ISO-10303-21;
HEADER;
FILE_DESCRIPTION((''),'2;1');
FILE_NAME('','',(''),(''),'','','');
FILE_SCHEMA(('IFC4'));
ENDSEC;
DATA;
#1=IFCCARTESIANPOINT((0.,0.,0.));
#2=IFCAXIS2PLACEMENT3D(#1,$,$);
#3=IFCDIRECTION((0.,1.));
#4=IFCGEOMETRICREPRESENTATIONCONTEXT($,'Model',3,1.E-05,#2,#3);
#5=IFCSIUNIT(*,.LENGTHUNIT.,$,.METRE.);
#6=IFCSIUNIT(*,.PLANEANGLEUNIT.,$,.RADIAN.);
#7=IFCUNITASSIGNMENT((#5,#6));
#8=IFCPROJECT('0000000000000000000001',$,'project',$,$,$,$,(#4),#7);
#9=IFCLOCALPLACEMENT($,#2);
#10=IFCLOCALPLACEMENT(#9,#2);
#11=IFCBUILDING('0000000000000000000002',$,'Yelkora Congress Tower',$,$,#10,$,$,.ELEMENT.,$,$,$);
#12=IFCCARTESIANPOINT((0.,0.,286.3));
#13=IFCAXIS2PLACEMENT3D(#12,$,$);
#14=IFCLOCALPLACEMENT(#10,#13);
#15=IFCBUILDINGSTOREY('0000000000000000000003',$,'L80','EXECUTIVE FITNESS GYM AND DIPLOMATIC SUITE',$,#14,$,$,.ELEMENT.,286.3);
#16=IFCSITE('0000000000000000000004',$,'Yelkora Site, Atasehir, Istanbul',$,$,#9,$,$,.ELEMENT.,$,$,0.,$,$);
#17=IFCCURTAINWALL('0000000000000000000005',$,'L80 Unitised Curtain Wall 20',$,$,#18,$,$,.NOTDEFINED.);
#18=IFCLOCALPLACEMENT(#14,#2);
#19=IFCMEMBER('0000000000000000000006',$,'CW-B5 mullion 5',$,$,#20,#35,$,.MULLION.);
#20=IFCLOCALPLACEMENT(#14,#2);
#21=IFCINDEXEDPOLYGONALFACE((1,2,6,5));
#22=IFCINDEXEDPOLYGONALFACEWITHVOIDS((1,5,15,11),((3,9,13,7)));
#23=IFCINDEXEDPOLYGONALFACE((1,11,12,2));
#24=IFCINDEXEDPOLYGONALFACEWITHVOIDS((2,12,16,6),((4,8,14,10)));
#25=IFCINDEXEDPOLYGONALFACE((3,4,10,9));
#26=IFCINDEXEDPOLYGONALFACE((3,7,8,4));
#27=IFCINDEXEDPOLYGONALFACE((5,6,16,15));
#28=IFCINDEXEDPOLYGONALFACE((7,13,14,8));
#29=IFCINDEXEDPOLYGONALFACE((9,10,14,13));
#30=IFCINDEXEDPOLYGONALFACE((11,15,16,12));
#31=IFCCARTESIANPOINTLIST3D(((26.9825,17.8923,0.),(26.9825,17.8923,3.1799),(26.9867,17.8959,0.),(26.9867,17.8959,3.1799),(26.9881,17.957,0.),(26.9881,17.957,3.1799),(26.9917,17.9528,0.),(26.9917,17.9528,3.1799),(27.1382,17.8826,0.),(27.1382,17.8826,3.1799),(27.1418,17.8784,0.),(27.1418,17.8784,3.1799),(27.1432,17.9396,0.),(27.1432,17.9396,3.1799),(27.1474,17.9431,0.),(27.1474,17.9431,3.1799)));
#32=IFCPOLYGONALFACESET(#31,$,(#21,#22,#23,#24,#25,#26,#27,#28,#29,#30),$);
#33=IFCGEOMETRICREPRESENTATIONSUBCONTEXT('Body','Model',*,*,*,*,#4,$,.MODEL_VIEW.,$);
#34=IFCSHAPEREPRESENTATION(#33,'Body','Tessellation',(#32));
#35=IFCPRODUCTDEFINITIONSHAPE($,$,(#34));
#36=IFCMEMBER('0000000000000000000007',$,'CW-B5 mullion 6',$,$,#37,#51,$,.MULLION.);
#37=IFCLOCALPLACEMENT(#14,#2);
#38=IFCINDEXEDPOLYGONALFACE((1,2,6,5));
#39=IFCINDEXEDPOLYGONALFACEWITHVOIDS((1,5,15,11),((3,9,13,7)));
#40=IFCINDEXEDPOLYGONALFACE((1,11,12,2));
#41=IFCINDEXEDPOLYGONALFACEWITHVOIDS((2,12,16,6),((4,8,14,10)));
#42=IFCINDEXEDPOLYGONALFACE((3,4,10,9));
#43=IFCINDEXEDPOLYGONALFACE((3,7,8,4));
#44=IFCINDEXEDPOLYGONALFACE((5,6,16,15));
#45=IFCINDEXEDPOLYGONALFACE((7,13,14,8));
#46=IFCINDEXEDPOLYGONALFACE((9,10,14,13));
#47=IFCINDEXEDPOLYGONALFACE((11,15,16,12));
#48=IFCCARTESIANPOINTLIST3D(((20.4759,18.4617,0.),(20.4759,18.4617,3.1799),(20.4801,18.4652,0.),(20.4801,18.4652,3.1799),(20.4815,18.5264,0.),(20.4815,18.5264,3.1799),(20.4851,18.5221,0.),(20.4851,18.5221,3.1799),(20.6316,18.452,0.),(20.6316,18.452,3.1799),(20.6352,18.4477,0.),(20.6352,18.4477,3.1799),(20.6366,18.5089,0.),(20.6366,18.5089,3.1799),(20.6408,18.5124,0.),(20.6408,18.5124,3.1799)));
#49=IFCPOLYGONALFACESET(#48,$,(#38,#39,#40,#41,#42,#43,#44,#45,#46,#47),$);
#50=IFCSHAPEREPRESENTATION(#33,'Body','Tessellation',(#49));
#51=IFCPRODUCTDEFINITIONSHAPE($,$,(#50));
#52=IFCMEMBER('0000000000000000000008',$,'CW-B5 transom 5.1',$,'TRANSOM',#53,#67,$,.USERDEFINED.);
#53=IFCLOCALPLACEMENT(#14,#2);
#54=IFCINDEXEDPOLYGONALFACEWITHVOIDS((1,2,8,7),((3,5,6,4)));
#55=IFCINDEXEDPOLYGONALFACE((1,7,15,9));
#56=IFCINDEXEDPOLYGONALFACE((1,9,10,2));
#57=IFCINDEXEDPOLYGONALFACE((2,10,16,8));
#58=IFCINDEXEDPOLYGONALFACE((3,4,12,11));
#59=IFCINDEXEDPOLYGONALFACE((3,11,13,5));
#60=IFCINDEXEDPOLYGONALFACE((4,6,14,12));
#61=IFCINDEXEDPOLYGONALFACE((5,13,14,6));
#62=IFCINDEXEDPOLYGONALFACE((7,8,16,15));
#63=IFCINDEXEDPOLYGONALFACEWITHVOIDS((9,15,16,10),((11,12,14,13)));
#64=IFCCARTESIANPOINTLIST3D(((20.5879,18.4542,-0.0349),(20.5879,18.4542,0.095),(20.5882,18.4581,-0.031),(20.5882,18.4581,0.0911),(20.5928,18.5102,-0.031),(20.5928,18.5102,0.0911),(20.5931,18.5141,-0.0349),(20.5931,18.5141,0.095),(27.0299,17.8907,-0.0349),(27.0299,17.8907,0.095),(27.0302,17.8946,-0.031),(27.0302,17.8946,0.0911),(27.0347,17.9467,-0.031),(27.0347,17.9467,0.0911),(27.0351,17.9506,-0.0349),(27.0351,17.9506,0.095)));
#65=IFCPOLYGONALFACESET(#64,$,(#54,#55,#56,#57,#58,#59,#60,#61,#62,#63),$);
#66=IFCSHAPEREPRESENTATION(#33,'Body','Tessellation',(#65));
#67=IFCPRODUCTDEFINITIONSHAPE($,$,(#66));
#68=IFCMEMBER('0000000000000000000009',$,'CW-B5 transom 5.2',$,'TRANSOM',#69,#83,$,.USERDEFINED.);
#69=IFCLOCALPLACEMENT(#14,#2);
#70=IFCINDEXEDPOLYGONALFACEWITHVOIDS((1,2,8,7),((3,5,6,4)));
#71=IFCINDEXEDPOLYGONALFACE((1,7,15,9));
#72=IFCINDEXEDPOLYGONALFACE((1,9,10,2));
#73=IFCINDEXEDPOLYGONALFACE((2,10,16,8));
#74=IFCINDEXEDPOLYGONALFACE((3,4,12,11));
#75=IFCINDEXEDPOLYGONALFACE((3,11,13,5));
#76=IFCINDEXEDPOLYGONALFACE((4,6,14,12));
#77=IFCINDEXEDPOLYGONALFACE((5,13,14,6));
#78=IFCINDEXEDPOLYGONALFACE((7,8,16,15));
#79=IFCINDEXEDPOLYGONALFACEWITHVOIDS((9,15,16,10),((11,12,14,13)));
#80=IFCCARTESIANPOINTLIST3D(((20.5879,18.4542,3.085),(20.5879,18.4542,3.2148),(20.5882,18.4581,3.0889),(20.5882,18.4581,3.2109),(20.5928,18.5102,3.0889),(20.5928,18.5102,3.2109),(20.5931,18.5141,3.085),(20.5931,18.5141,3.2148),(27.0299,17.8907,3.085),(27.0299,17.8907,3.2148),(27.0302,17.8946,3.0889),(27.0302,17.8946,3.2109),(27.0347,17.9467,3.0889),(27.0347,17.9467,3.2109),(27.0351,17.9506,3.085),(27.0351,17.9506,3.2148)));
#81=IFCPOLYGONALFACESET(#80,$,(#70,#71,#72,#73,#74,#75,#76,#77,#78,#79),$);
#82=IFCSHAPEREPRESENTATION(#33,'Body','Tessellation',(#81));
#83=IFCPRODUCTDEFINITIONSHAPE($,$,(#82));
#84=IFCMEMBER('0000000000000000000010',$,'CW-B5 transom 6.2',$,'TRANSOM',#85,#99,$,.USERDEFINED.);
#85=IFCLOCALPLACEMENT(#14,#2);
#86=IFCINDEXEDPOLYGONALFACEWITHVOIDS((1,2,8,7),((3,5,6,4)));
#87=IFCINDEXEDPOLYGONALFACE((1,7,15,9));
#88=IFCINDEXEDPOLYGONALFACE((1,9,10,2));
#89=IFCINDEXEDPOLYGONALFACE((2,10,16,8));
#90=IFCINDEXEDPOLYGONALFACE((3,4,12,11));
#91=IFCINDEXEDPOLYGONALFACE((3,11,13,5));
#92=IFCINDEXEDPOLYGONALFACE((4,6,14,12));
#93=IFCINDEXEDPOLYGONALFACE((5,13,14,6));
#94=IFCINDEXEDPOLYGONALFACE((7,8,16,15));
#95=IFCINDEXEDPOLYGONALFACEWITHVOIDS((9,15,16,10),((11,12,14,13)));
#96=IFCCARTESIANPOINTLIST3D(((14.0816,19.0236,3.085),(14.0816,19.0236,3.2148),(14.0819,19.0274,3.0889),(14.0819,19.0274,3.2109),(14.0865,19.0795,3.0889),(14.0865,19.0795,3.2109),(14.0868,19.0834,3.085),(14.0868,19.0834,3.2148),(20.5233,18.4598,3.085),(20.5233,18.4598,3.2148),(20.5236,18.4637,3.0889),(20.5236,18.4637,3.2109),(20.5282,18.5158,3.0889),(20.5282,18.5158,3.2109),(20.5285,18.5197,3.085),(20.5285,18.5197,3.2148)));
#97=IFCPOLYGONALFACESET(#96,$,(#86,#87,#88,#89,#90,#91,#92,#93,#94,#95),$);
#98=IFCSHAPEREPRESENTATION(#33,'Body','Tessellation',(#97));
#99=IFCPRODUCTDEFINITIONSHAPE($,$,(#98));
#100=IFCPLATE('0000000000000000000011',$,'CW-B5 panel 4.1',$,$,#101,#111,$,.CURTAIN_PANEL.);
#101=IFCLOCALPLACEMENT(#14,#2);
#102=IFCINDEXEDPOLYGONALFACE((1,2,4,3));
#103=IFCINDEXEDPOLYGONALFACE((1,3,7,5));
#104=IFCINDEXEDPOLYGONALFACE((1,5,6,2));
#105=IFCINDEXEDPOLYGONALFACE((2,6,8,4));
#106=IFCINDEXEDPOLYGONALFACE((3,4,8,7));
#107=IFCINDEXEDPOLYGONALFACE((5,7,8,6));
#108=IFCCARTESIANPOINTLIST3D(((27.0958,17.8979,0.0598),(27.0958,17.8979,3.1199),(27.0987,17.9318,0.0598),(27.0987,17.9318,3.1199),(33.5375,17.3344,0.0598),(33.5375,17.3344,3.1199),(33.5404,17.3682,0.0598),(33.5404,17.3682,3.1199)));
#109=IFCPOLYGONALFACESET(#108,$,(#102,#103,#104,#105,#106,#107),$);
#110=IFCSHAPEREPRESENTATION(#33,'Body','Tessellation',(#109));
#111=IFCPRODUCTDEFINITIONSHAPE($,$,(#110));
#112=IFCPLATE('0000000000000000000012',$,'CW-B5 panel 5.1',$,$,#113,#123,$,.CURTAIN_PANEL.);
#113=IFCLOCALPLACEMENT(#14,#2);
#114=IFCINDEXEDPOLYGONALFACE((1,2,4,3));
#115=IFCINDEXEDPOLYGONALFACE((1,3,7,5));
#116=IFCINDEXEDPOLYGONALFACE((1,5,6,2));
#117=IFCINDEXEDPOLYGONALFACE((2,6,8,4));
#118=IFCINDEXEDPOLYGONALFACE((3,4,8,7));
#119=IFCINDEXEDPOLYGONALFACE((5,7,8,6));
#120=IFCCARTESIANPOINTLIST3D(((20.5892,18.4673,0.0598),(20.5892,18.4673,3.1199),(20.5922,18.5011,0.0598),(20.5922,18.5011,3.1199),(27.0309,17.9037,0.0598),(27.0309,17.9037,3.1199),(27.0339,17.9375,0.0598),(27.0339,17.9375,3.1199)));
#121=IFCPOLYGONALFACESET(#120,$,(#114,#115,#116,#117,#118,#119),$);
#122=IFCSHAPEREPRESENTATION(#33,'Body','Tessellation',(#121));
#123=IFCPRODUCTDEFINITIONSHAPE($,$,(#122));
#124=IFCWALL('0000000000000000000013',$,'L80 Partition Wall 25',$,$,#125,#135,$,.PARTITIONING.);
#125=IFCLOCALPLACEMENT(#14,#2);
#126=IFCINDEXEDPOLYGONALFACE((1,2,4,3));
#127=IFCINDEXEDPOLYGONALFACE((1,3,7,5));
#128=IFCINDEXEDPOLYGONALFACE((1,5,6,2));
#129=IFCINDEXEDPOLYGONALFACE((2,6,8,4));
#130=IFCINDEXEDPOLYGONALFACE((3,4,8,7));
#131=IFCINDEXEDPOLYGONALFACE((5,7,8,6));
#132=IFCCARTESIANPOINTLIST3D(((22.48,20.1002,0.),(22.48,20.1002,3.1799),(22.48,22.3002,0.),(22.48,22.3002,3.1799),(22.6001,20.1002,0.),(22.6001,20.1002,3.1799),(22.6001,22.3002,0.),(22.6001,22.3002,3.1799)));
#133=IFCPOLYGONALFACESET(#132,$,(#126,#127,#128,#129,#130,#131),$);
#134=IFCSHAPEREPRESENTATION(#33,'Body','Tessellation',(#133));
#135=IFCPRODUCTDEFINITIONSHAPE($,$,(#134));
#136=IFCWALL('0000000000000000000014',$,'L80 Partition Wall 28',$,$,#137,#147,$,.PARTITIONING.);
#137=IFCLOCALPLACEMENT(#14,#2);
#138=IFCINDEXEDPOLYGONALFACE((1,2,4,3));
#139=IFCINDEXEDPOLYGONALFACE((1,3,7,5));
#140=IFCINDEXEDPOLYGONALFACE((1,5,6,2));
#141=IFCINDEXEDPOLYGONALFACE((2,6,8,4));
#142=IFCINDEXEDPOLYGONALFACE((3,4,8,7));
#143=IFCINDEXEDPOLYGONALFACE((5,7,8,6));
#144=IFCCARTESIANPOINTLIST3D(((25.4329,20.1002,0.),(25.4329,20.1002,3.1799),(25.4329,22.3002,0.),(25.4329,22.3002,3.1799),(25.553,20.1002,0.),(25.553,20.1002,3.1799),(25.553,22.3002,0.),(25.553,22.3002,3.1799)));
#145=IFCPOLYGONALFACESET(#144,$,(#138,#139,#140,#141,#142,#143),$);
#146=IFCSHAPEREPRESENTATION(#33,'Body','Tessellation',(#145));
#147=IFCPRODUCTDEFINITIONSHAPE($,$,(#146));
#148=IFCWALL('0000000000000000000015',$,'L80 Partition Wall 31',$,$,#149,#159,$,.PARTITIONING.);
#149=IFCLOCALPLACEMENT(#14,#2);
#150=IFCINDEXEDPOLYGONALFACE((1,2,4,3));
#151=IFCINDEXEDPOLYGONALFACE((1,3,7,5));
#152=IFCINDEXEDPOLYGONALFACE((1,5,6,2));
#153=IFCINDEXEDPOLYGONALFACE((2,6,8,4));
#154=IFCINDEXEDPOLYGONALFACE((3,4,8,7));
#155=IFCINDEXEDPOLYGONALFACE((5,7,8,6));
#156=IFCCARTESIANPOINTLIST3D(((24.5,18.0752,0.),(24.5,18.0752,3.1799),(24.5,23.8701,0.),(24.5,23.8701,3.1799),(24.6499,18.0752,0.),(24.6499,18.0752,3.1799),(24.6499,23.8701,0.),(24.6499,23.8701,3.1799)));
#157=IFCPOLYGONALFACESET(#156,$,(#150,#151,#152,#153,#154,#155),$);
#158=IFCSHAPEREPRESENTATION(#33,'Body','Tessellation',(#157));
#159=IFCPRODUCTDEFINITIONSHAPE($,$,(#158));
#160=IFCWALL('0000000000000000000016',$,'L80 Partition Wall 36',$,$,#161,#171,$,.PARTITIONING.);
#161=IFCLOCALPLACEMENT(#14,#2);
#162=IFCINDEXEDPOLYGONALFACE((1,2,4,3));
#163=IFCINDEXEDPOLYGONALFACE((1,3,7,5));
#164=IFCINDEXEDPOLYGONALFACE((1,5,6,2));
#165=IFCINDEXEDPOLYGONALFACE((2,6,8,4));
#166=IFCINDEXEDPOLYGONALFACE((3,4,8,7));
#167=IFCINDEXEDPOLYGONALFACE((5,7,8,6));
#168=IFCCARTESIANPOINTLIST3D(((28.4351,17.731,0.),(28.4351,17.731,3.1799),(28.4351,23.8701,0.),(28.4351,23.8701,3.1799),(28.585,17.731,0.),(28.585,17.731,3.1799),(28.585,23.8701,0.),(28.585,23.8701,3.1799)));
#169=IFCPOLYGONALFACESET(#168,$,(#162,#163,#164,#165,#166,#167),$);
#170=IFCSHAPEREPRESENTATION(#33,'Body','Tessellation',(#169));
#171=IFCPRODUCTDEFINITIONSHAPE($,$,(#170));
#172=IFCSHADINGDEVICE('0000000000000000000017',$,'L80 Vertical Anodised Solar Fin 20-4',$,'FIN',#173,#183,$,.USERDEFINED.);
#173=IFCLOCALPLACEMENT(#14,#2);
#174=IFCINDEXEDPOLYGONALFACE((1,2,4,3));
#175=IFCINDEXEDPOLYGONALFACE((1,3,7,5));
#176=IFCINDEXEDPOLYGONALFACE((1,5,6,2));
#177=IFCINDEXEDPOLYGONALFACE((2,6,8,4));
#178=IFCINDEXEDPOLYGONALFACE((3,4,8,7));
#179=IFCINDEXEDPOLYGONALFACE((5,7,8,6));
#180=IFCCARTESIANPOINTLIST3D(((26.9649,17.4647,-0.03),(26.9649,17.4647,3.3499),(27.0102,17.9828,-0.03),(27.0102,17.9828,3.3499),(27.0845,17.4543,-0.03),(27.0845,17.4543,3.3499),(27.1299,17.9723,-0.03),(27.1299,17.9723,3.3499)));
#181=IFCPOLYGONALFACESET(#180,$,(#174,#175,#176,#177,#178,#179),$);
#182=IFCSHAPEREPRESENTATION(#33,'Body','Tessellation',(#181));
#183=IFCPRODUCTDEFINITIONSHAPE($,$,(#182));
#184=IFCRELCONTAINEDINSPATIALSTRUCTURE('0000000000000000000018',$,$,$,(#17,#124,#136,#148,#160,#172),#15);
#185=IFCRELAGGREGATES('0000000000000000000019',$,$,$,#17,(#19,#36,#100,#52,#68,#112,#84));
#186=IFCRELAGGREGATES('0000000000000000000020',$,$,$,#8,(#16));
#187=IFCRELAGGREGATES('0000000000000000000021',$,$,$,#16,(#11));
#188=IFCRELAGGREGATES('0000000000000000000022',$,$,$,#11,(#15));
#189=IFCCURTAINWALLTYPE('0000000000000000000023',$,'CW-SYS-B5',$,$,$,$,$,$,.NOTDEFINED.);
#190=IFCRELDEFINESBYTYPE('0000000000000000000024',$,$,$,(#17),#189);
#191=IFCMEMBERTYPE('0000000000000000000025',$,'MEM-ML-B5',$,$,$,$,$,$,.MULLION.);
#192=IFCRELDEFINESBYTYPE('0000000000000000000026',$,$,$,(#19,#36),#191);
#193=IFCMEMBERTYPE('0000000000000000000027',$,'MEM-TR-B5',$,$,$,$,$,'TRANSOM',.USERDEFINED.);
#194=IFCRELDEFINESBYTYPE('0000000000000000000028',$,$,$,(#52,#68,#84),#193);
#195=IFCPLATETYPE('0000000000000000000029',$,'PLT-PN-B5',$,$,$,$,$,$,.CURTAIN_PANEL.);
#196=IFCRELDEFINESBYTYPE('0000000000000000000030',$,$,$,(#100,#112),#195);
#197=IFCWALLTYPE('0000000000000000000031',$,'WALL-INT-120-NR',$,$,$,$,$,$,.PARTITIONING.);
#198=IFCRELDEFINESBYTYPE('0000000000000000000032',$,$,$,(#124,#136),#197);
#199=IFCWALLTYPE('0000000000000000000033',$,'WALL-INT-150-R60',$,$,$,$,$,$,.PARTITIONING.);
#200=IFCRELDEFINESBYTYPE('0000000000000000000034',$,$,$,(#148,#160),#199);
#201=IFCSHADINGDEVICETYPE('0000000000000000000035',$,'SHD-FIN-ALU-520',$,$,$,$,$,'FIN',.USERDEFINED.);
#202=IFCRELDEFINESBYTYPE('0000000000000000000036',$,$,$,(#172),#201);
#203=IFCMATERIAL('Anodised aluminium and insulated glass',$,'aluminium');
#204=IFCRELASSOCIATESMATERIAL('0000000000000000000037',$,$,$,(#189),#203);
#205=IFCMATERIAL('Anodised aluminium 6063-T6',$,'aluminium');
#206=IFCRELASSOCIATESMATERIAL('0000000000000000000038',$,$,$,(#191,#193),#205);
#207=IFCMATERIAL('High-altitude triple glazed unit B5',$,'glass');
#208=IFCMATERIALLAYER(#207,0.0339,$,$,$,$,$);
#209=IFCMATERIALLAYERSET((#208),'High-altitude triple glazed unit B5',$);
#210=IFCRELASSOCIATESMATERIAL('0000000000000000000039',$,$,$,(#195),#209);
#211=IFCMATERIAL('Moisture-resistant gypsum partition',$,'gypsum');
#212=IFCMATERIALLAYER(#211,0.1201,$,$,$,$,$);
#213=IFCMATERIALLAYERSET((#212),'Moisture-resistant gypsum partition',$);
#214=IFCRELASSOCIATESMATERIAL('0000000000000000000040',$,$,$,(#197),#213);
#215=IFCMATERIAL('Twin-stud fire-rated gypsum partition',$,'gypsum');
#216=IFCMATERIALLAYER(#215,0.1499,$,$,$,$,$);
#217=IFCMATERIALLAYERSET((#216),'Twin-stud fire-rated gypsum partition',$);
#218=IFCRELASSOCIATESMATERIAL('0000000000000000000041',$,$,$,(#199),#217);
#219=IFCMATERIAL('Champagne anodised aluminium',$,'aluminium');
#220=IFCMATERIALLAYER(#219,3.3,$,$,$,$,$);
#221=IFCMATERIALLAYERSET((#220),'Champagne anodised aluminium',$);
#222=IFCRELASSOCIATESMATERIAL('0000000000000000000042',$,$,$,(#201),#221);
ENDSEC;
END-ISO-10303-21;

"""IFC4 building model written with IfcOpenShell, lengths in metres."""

from ifc_helpers import new_model, si_unit, direction, frame, frame_2d, origin, origin_2d, place, context, subcontext, project, spatial, rectangle, hollow_rectangle, extrude, material, layer, layer_set, material_profile, profile_set, type_object, element, aggregate, save


model = new_model("IFC4")

# Units and contexts
model_context = context("Model", 3, precision=1e-05, world=origin(), true_north=direction((0.0, 1.0)))
body_context = subcontext(model_context, "Body", "Model", "MODEL_VIEW")
ifc_project = project(units=[si_unit("LENGTHUNIT", "METRE"), si_unit("PLANEANGLEUNIT", "RADIAN")], contexts=[model_context])

# Site, building, storey
site_placement = place(None, origin())
site = spatial("IfcSite", under=ifc_project, at=site_placement, Name="Yelkora Site, Atasehir, Istanbul", CompositionType="ELEMENT", RefElevation=0.0)
building_placement = place(site_placement, origin())
building = spatial("IfcBuilding", under=site, at=building_placement, Name="Yelkora Congress Tower", CompositionType="ELEMENT")
storey_placement = place(building_placement, frame((0.0, 0.0, 286.3)))
storey = spatial("IfcBuildingStorey", under=building, at=storey_placement, Name="L80", Description="EXECUTIVE FITNESS GYM AND DIPLOMATIC SUITE", CompositionType="ELEMENT", Elevation=286.3)

# Curtain wall, members, plates
ifc_material_1 = material(Name="Anodised aluminium and insulated glass", Category="aluminium")
curtain_wall_type = type_object("IfcCurtainWallType", Name="CW-SYS-B5", PredefinedType="NOTDEFINED", material=ifc_material_1)
curtain_wall_placement = place(storey_placement, origin())
curtain_wall = element("IfcCurtainWall", 1, at=curtain_wall_placement, inside=storey, type_object=curtain_wall_type, Name="L80 Unitised Curtain Wall 20", PredefinedType="NOTDEFINED")
ifc_material_2 = material(Name="Anodised aluminium 6063-T6", Category="aluminium")
ifc_material_profile_1 = material_profile(ifc_material_2, hollow_rectangle(XDim=0.0649, YDim=0.1599, WallThickness=0.0039, at=origin_2d()), Name="ALU 65x160x4")
ifc_profile_set_1 = profile_set([ifc_material_profile_1], Name="Anodised aluminium 6063-T6")
member_type_1 = type_object("IfcMemberType", Name="MEM-ML-B5", PredefinedType="MULLION", material=ifc_profile_set_1)
member_1_placement = place(storey_placement, frame((27.0649, 17.9177, 0.0), z_axis=(0.0, 0.0, 1.0), x_axis=(-0.087157, -0.996195, 0.0)))
member_1 = element("IfcMember", 2, at=member_1_placement, type_object=member_type_1, Name="CW-B5 mullion 5", PredefinedType="MULLION", context=body_context, shape_type="SweptSolid", body=[
    extrude(hollow_rectangle(XDim=0.0649, YDim=0.1599, WallThickness=0.0039, at=origin_2d()), origin(), (0.0, 0.0, 1.0), 3.1799),
])
member_2_placement = place(storey_placement, frame((20.5583, 18.4871, 0.0), z_axis=(0.0, 0.0, 1.0), x_axis=(-0.087157, -0.996195, 0.0)))
member_2 = element("IfcMember", 3, at=member_2_placement, type_object=member_type_1, Name="CW-B5 mullion 6", PredefinedType="MULLION", context=body_context, shape_type="SweptSolid", body=[
    extrude(hollow_rectangle(XDim=0.0649, YDim=0.1599, WallThickness=0.0039, at=origin_2d()), origin(), (0.0, 0.0, 1.0), 3.1799),
])
ifc_material_profile_2 = material_profile(ifc_material_2, hollow_rectangle(XDim=0.0601, YDim=0.1299, WallThickness=0.0039, at=origin_2d()), Name="ALU 60x130x4")
ifc_profile_set_2 = profile_set([ifc_material_profile_2], Name="Anodised aluminium 6063-T6")
member_type_2 = type_object("IfcMemberType", Name="MEM-TR-B5", ElementType="TRANSOM", PredefinedType="USERDEFINED", material=ifc_profile_set_2)
member_3_placement = place(storey_placement, frame((27.0325, 17.9207, 0.03), z_axis=(-0.996196, 0.087138, 0.0), x_axis=(-0.087138, -0.996196, 0.0)))
member_3 = element("IfcMember", 4, at=member_3_placement, type_object=member_type_2, Name="CW-B5 transom 5.1", ObjectType="TRANSOM", PredefinedType="USERDEFINED", context=body_context, shape_type="SweptSolid", body=[
    extrude(hollow_rectangle(XDim=0.0601, YDim=0.1299, WallThickness=0.0039, at=origin_2d()), origin(), (0.0, 0.0, 1.0), 6.4666),
])
member_4_placement = place(storey_placement, frame((27.0325, 17.9207, 3.1499), z_axis=(-0.996196, 0.087138, 0.0), x_axis=(-0.087138, -0.996196, 0.0)))
member_4 = element("IfcMember", 5, at=member_4_placement, type_object=member_type_2, Name="CW-B5 transom 5.2", ObjectType="TRANSOM", PredefinedType="USERDEFINED", context=body_context, shape_type="SweptSolid", body=[
    extrude(hollow_rectangle(XDim=0.0601, YDim=0.1299, WallThickness=0.0039, at=origin_2d()), origin(), (0.0, 0.0, 1.0), 6.4666),
])
member_5_placement = place(storey_placement, frame((20.5259, 18.4897, 3.1499), z_axis=(-0.996193, 0.087179, 0.0), x_axis=(-0.087179, -0.996193, 0.0)))
member_5 = element("IfcMember", 6, at=member_5_placement, type_object=member_type_2, Name="CW-B5 transom 6.2", ObjectType="TRANSOM", PredefinedType="USERDEFINED", context=body_context, shape_type="SweptSolid", body=[
    extrude(hollow_rectangle(XDim=0.0601, YDim=0.1299, WallThickness=0.0039, at=origin_2d()), origin(), (0.0, 0.0, 1.0), 6.4663),
])
ifc_material_3 = material(Name="High-altitude triple glazed unit B5", Category="glass")
ifc_layer_1 = layer(ifc_material_3, 0.0339)
ifc_layer_set_1 = layer_set([ifc_layer_1], Name="High-altitude triple glazed unit B5")
plate_type = type_object("IfcPlateType", Name="PLT-PN-B5", PredefinedType="CURTAIN_PANEL", material=ifc_layer_set_1)
plate_1_placement = place(storey_placement, frame((30.3181, 17.6331, 0.0598), z_axis=(0.0, 0.0, 1.0), x_axis=(-0.996195, 0.087157, 0.0)))
plate_1 = element("IfcPlate", 7, at=plate_1_placement, type_object=plate_type, Name="CW-B5 panel 4.1", PredefinedType="CURTAIN_PANEL", context=body_context, shape_type="SweptSolid", body=[
    extrude(rectangle(XDim=6.4663, YDim=0.0339, at=origin_2d()), origin(), (0.0, 0.0, 1.0), 3.0601),
])
plate_2_placement = place(storey_placement, frame((23.8115, 18.2024, 0.0598), z_axis=(0.0, 0.0, 1.0), x_axis=(-0.996195, 0.087157, 0.0)))
plate_2 = element("IfcPlate", 8, at=plate_2_placement, type_object=plate_type, Name="CW-B5 panel 5.1", PredefinedType="CURTAIN_PANEL", context=body_context, shape_type="SweptSolid", body=[
    extrude(rectangle(XDim=6.4663, YDim=0.0339, at=origin_2d()), origin(), (0.0, 0.0, 1.0), 3.0601),
])
aggregate(curtain_wall, [member_1, member_2, plate_1, member_3, member_4, plate_2, member_5])

# Walls
ifc_material_4 = material(Name="Moisture-resistant gypsum partition", Category="gypsum")
ifc_layer_2 = layer(ifc_material_4, 0.1201)
ifc_layer_set_2 = layer_set([ifc_layer_2], Name="Moisture-resistant gypsum partition")
wall_type_1 = type_object("IfcWallType", Name="WALL-INT-120-NR", PredefinedType="PARTITIONING", material=ifc_layer_set_2)
for number, where, z_axis, x_axis, name in (
    (9, (22.54, 20.1001, 0.0), (0.0, 0.0, 1.0), (0.0, 1.0, 0.0), "L80 Partition Wall 25"),
    (10, (25.4929, 20.1001, 0.0), (0.0, 0.0, 1.0), (0.0, 1.0, 0.0), "L80 Partition Wall 28"),
):
    element("IfcWall", number, at=place(storey_placement, frame(where, z_axis=z_axis, x_axis=x_axis)), inside=storey, type_object=wall_type_1, Name=name, PredefinedType="PARTITIONING", context=body_context, shape_type="SweptSolid", body=[
        extrude(rectangle(XDim=2.2, YDim=0.1201, at=frame_2d((1.1001, 0.0))), origin(), (0.0, 0.0, 1.0), 3.1799),
    ])
ifc_material_5 = material(Name="Twin-stud fire-rated gypsum partition", Category="gypsum")
ifc_layer_3 = layer(ifc_material_5, 0.1499)
ifc_layer_set_3 = layer_set([ifc_layer_3], Name="Twin-stud fire-rated gypsum partition")
wall_type_2 = type_object("IfcWallType", Name="WALL-INT-150-R60", PredefinedType="PARTITIONING", material=ifc_layer_set_3)
wall_1_placement = place(storey_placement, frame((24.575, 18.0752, 0.0), z_axis=(0.0, 0.0, 1.0), x_axis=(0.0, 1.0, 0.0)))
element("IfcWall", 11, at=wall_1_placement, inside=storey, type_object=wall_type_2, Name="L80 Partition Wall 31", PredefinedType="PARTITIONING", context=body_context, shape_type="SweptSolid", body=[
    extrude(rectangle(XDim=5.7949, YDim=0.1499, at=frame_2d((2.8975, 0.0))), origin(), (0.0, 0.0, 1.0), 3.1799),
])
wall_2_placement = place(storey_placement, frame((28.51, 17.731, 0.0), z_axis=(0.0, 0.0, 1.0), x_axis=(0.0, 1.0, 0.0)))
element("IfcWall", 12, at=wall_2_placement, inside=storey, type_object=wall_type_2, Name="L80 Partition Wall 36", PredefinedType="PARTITIONING", context=body_context, shape_type="SweptSolid", body=[
    extrude(rectangle(XDim=6.1392, YDim=0.1499, at=frame_2d((3.0696, 0.0))), origin(), (0.0, 0.0, 1.0), 3.1799),
])

# Shading device
ifc_material_6 = material(Name="Champagne anodised aluminium", Category="aluminium")
ifc_layer_4 = layer(ifc_material_6, 3.3)
ifc_layer_set_4 = layer_set([ifc_layer_4], Name="Champagne anodised aluminium")
shading_device_type = type_object("IfcShadingDeviceType", Name="SHD-FIN-ALU-520", ElementType="FIN", PredefinedType="USERDEFINED", material=ifc_layer_set_4)
for number, where, z_axis, x_axis, name in (
    (13, (27.0474, 17.7185, -0.03), (0.0, 0.0, 1.0), (-0.996195, 0.087156, 0.0), "L80 Vertical Anodised Solar Fin 20-4"),
):
    element("IfcShadingDevice", number, at=place(storey_placement, frame(where, z_axis=z_axis, x_axis=x_axis)), inside=storey, type_object=shading_device_type, Name=name, ObjectType="FIN", PredefinedType="USERDEFINED", context=body_context, shape_type="SweptSolid", body=[
        extrude(rectangle(XDim=0.1201, YDim=0.52, at=origin_2d()), origin(), (0.0, 0.0, 1.0), 3.3799),
    ])

save(model, "model.ifc")
